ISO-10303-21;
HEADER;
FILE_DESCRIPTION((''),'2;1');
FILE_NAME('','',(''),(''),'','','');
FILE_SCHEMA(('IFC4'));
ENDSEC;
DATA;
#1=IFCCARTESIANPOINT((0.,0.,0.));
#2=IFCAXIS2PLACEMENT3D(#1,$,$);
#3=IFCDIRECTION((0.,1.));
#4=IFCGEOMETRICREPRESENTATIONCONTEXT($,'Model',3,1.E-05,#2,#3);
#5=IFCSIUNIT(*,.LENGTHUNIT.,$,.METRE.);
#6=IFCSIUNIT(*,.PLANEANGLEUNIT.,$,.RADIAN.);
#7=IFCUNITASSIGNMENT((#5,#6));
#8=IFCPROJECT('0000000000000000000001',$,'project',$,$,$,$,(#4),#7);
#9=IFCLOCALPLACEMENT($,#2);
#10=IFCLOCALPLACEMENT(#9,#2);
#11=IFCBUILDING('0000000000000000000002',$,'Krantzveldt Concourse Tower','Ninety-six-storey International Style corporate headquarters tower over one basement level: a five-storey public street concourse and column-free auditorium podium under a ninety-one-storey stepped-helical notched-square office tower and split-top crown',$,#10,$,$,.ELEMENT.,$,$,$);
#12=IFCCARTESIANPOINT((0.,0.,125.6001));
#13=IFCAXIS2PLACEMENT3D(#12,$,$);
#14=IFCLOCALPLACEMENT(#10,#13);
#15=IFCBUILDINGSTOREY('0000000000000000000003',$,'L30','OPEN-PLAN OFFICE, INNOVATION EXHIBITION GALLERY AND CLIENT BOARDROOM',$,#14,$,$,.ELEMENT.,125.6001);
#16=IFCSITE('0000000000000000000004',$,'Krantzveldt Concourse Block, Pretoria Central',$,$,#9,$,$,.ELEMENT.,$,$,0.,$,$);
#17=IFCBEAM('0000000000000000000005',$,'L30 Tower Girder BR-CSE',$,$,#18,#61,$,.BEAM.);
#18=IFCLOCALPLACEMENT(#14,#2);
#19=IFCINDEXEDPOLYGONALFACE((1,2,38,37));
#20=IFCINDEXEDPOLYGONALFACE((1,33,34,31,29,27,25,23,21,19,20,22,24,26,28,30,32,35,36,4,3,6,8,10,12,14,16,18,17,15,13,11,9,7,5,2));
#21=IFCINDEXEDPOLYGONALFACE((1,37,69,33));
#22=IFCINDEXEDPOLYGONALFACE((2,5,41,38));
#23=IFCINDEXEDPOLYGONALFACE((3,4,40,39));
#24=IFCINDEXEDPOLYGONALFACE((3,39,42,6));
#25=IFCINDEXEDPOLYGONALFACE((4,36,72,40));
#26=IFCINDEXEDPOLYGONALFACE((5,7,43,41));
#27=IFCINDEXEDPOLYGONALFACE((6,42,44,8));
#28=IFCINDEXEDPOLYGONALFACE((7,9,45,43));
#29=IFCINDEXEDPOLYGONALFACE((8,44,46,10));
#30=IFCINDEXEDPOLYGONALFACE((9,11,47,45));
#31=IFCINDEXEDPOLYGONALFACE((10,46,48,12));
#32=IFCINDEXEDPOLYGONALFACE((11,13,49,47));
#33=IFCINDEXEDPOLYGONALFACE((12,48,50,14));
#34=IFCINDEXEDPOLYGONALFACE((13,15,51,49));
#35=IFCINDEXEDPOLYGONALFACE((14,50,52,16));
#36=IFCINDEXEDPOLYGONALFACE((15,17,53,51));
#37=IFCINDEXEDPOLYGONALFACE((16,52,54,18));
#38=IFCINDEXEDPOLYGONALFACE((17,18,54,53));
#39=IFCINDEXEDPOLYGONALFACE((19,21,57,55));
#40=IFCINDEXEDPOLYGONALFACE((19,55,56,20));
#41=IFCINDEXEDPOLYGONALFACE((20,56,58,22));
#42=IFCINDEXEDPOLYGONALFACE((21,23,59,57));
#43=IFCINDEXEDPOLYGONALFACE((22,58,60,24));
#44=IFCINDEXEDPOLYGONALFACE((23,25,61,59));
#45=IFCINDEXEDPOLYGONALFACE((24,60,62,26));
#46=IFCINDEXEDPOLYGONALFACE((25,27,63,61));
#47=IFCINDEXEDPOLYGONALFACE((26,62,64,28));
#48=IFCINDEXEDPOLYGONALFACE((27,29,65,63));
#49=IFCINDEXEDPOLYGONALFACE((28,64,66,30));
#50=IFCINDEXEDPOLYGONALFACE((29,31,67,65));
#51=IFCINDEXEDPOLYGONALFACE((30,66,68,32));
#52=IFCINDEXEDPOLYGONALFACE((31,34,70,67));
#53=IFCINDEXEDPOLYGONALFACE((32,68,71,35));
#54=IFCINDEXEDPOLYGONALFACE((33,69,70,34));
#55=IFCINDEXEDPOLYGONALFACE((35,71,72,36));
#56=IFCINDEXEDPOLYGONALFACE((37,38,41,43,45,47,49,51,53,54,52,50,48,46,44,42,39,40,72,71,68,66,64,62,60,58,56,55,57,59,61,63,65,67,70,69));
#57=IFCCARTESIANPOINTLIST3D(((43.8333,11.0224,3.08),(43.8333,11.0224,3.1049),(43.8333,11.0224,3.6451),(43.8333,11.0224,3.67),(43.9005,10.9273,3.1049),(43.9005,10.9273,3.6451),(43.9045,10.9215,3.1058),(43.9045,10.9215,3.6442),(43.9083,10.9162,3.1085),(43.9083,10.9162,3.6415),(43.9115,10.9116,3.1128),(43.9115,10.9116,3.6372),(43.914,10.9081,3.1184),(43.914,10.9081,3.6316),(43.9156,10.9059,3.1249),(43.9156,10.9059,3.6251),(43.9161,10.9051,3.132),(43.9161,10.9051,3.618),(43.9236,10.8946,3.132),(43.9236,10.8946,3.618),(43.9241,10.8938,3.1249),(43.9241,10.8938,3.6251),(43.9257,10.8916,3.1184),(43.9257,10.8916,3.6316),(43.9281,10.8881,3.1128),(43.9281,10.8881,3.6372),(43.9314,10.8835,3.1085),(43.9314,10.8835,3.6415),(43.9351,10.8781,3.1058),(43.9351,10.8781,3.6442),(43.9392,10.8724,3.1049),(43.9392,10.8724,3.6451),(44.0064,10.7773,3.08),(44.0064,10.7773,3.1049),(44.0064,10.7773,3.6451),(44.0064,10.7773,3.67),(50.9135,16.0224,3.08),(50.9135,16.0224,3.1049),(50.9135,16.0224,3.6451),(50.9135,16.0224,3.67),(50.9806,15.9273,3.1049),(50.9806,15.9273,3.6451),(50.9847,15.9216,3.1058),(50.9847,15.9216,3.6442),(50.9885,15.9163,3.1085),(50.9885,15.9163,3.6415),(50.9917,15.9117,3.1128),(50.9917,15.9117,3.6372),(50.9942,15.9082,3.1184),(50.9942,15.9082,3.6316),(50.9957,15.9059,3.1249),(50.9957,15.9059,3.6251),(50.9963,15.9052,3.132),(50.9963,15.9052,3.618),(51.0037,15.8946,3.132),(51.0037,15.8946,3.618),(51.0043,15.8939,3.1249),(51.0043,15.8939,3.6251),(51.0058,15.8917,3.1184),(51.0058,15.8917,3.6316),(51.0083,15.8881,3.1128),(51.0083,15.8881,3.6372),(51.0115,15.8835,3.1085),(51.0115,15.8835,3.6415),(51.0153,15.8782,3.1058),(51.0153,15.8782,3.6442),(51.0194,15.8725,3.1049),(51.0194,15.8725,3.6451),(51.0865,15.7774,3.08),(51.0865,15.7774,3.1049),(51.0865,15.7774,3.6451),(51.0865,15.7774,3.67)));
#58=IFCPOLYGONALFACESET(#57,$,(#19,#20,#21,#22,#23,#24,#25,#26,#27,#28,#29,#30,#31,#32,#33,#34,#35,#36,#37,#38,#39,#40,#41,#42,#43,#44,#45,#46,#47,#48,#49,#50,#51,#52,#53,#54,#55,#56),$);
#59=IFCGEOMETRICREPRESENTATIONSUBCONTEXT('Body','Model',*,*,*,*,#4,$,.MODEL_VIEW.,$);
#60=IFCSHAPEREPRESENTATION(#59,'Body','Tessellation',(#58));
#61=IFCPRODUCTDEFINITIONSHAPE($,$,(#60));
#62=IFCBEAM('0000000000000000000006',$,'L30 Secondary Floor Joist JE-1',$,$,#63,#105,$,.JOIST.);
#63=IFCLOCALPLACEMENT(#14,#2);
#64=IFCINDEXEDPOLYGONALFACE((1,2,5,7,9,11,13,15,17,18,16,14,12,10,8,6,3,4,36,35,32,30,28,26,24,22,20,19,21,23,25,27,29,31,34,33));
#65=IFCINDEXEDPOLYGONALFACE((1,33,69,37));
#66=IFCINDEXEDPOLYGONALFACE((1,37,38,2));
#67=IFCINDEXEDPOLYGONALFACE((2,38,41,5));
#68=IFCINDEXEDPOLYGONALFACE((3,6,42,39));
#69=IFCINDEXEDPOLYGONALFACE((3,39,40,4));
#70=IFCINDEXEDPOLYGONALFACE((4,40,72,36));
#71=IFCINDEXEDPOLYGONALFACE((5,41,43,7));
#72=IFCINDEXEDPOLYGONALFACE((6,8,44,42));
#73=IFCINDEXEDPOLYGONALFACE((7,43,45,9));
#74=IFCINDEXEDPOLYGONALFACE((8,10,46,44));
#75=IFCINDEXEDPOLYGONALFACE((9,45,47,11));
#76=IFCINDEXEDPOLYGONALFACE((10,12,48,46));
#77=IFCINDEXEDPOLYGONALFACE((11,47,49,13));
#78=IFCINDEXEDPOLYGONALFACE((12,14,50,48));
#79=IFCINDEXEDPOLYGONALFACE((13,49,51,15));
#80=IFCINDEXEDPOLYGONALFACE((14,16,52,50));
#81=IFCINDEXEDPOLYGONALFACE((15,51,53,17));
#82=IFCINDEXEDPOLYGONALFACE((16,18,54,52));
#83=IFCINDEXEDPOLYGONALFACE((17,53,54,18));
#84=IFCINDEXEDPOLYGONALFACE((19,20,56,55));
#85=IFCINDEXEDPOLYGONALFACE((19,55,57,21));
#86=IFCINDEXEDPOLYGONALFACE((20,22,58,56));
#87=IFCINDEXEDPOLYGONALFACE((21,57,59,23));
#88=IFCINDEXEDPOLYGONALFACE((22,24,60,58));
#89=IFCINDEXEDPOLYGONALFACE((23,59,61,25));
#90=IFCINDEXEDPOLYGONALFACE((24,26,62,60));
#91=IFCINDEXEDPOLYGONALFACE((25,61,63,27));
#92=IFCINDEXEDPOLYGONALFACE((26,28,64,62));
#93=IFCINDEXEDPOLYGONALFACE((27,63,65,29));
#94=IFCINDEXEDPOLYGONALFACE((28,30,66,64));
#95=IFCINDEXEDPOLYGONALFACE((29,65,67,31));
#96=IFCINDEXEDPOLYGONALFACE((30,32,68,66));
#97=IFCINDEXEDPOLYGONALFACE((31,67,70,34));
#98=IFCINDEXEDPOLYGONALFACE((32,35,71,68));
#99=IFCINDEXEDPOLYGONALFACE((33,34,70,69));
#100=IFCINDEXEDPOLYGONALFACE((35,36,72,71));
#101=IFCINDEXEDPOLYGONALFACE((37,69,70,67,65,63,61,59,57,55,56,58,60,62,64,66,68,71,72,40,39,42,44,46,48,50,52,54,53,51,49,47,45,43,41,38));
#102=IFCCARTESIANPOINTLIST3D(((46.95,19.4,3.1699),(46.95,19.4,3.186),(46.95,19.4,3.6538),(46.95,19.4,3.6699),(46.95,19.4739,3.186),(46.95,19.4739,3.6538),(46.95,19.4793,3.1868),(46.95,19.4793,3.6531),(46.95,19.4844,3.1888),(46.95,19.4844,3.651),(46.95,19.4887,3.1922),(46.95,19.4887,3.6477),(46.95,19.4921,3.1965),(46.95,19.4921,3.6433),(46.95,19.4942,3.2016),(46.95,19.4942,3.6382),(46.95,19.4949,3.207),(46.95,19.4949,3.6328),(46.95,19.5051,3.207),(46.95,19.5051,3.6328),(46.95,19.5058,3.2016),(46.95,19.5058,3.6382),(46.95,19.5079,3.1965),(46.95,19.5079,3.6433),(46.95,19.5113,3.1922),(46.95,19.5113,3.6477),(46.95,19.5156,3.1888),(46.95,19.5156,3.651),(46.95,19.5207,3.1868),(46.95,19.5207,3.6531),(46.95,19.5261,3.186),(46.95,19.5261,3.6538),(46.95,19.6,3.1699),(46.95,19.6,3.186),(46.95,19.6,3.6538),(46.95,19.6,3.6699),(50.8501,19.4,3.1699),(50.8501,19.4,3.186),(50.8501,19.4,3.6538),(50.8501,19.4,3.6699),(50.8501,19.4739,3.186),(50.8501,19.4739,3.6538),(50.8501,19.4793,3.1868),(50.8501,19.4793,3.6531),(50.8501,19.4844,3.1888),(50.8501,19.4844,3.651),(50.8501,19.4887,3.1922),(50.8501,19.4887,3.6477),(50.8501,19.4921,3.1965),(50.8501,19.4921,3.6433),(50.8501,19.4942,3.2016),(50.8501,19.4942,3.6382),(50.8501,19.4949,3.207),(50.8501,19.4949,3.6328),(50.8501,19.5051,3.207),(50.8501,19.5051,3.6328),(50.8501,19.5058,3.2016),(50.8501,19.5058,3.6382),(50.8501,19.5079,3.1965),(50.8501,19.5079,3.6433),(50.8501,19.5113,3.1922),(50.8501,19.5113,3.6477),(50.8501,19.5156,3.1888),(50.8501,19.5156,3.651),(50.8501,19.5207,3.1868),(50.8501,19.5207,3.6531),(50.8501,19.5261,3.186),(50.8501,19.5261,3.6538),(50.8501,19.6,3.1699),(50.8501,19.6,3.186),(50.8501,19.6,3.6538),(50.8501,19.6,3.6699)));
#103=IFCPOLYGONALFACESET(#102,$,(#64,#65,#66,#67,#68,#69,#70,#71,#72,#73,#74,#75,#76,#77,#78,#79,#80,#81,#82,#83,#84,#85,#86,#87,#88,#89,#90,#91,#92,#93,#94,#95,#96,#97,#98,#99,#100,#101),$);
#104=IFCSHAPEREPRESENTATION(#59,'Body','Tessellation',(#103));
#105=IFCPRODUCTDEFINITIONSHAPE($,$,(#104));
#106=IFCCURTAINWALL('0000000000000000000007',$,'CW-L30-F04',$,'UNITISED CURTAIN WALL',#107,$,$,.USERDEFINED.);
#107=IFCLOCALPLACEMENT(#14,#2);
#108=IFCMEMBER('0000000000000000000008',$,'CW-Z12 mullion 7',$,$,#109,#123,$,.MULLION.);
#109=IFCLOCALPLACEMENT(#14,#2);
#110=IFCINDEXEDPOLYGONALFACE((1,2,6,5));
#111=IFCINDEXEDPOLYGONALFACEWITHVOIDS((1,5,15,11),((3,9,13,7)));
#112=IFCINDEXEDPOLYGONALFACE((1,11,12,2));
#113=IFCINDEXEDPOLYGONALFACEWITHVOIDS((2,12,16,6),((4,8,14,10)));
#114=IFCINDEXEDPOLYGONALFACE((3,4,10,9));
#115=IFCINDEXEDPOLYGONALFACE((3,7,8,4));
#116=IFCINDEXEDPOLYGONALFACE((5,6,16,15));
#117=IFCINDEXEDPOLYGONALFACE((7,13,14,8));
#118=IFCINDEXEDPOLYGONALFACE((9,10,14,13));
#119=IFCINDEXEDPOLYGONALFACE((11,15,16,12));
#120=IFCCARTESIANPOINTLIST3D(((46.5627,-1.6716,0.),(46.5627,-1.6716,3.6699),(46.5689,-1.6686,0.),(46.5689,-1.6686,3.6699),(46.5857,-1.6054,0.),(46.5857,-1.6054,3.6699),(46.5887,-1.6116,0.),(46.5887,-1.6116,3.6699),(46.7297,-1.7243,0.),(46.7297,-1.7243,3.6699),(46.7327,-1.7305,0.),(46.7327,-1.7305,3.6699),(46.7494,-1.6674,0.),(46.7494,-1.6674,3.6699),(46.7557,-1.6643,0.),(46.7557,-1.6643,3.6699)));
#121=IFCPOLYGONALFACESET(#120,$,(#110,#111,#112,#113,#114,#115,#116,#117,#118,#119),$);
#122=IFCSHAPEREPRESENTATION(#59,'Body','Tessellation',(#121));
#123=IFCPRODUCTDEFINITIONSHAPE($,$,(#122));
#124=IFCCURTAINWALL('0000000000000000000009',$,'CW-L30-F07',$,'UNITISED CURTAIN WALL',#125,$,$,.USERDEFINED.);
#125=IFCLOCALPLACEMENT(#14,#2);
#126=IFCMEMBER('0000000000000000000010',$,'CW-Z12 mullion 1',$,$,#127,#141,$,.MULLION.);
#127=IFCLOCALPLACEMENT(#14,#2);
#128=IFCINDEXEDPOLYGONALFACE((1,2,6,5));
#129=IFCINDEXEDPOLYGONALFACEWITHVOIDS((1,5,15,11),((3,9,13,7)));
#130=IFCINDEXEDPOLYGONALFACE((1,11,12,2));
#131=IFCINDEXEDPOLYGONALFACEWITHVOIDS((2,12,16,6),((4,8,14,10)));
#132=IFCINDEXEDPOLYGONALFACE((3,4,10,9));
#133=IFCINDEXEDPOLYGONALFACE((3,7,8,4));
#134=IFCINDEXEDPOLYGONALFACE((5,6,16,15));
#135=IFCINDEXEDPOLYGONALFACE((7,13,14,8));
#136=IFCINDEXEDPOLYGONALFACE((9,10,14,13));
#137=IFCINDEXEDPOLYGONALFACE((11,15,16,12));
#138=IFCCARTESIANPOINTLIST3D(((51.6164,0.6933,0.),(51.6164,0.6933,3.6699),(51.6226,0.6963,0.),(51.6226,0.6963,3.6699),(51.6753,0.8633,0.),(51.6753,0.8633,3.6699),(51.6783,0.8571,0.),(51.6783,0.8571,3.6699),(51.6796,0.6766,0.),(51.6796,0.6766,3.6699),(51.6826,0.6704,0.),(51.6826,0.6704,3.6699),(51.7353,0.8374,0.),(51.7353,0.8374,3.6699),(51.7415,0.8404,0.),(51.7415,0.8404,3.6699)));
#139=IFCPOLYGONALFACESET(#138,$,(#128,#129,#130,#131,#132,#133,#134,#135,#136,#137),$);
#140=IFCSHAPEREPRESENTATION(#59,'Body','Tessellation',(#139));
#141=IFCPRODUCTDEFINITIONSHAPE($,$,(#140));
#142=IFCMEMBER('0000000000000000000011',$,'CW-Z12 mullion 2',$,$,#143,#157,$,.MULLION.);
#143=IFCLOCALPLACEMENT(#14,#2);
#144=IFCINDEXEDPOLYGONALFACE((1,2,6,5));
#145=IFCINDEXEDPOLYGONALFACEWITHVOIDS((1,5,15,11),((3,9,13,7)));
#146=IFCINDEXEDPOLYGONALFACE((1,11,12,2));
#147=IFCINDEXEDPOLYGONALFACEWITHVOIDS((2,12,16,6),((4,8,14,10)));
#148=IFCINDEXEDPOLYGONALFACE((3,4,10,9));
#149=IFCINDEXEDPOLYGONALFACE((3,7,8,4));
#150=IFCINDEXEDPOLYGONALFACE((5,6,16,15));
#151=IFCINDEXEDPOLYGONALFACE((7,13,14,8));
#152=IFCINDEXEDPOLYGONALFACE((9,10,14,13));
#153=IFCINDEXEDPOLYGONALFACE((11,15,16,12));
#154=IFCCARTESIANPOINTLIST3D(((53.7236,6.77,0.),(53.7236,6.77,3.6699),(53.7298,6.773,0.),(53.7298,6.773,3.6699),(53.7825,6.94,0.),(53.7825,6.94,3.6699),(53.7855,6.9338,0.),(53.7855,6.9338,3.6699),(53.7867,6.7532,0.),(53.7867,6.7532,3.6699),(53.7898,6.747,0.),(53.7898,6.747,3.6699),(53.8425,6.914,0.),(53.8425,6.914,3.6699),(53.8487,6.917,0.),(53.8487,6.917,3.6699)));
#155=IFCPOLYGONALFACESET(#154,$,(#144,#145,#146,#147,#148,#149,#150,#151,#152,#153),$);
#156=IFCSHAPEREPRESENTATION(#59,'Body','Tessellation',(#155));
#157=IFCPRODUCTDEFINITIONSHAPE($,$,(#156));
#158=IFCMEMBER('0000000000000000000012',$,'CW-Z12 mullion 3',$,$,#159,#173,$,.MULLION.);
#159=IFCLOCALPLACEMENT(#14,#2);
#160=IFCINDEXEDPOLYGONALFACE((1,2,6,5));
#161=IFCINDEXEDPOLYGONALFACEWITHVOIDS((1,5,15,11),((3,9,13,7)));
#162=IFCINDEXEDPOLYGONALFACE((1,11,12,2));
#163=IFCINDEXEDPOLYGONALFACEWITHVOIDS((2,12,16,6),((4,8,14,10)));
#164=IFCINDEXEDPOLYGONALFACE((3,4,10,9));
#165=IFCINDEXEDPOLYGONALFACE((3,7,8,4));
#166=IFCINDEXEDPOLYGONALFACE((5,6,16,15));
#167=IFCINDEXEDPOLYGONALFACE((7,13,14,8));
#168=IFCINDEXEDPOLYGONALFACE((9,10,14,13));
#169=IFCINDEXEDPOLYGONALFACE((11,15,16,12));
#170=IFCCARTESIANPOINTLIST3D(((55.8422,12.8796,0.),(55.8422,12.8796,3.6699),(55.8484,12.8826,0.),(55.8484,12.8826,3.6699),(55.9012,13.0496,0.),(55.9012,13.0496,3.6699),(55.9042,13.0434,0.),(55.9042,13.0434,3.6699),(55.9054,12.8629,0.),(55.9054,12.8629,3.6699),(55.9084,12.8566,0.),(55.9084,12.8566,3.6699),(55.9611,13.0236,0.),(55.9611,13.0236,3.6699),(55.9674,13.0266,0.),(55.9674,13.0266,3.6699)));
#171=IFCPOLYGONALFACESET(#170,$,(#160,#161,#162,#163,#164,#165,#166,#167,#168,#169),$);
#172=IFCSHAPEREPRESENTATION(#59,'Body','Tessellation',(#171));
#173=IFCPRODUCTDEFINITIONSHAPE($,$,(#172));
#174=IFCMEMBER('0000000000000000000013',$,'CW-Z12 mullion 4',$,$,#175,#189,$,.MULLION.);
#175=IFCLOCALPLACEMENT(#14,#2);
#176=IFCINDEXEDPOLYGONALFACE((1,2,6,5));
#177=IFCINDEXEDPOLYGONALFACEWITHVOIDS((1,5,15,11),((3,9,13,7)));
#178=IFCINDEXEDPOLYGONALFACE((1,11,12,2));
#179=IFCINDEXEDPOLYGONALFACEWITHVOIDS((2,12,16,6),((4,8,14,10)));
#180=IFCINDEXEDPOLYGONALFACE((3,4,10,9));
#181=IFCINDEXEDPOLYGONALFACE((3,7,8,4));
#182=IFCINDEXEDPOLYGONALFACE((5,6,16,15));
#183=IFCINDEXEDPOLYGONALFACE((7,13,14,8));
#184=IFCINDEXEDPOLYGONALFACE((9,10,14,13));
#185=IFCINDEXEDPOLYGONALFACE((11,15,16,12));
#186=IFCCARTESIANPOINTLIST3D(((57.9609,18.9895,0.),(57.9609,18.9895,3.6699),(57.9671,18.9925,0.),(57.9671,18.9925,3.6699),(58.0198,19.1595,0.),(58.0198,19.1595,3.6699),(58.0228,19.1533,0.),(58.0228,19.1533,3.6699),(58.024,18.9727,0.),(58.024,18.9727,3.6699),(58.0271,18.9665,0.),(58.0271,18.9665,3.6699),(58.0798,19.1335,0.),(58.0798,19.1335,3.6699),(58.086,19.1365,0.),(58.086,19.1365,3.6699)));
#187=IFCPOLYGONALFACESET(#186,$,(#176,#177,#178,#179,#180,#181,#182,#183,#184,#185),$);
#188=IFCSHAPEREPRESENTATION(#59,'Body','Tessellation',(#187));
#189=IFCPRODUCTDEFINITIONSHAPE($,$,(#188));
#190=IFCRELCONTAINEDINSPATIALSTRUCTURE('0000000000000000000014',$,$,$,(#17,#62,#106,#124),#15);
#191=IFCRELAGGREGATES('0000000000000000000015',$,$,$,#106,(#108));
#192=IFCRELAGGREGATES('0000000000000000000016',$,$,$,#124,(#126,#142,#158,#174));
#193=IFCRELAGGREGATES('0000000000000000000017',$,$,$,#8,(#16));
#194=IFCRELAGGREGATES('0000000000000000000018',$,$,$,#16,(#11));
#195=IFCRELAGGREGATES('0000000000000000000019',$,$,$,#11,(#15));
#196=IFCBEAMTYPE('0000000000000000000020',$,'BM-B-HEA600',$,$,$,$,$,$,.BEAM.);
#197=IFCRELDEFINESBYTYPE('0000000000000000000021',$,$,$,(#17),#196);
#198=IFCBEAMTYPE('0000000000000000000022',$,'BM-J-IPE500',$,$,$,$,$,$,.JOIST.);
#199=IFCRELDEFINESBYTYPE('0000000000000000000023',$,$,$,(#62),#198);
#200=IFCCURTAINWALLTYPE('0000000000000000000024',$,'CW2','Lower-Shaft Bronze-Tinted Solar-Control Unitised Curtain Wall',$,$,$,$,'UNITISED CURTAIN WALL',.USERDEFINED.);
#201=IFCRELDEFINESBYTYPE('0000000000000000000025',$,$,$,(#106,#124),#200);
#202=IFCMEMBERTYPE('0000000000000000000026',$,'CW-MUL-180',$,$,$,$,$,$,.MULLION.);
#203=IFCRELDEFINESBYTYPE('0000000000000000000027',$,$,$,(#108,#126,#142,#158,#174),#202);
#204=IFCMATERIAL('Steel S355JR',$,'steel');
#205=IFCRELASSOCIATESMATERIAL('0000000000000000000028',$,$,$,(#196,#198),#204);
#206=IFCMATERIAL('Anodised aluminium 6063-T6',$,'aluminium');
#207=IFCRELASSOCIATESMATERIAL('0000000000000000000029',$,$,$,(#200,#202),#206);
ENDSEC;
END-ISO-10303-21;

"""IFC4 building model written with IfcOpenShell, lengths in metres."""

from ifc_helpers import new_model, si_unit, direction, frame, origin, origin_2d, place, context, subcontext, project, spatial, hollow_rectangle, i_section, extrude, source, transform, mapped, material, material_profile, profile_set, type_object, type_shapes, element, aggregate, save


model = new_model("IFC4")

# Units and contexts
model_context = context("Model", 3, precision=1e-05, world=origin(), true_north=direction((0.0, 1.0)))
body_context = subcontext(model_context, "Body", "Model", "MODEL_VIEW")
ifc_project = project(units=[si_unit("LENGTHUNIT", "METRE"), si_unit("PLANEANGLEUNIT", "RADIAN")], contexts=[model_context])

# Site, building, storey
site_placement = place(None, origin())
site = spatial("IfcSite", under=ifc_project, at=site_placement, Name="Krantzveldt Concourse Block, Pretoria Central", CompositionType="ELEMENT", RefElevation=0.0)
building_placement = place(site_placement, origin())
building = spatial("IfcBuilding", under=site, at=building_placement, Name="Krantzveldt Concourse Tower", Description="Ninety-six-storey International Style corporate headquarters tower over one basement level: a five-storey public street concourse and column-free auditorium podium under a ninety-one-storey stepped-helical notched-square office tower and split-top crown", CompositionType="ELEMENT")
storey_placement = place(building_placement, frame((0.0, 0.0, 125.6001)))
storey = spatial("IfcBuildingStorey", under=building, at=storey_placement, Name="L30", Description="OPEN-PLAN OFFICE, INNOVATION EXHIBITION GALLERY AND CLIENT BOARDROOM", CompositionType="ELEMENT", Elevation=125.6001)

# Beams
ifc_material_1 = material(Name="Steel S355JR", Category="steel")
ifc_material_profile_1 = material_profile(ifc_material_1, i_section(OverallWidth=0.3, OverallDepth=0.5901, WebThickness=0.0129, FlangeThickness=0.0249, FilletRadius=0.0271, at=origin_2d()), Name="Steel S355JR", Category="steel")
ifc_profile_set_1 = profile_set([ifc_material_profile_1], Name="Steel S355JR - HEA 600")
beam_type_1 = type_object("IfcBeamType", Name="BM-B-HEA600", PredefinedType="BEAM", material=ifc_profile_set_1)
shared_shape_1 = source(origin(), body_context, "Body", "SweptSolid", [
    extrude(i_section(OverallWidth=0.3, OverallDepth=0.5901, WebThickness=0.0129, FlangeThickness=0.0249, FilletRadius=0.0271, at=origin_2d()), origin(), (0.0, 0.0, 1.0), 8.6677),
])
beam_1_placement = place(storey_placement, frame((51.0, 15.8999, 3.375), z_axis=(-0.816843, -0.57686, 0.0), x_axis=(0.57686, -0.816843, 0.0)))
element("IfcBeam", 1, at=beam_1_placement, inside=storey, type_object=beam_type_1, Name="L30 Tower Girder BR-CSE", PredefinedType="BEAM", context=body_context, shape_type="MappedRepresentation", body=[
    mapped(shared_shape_1, transform((0.0, 0.0, 0.0), x_axis=(1.0, 0.0, 0.0), y_axis=(0.0, 1.0, 0.0), z_axis=(0.0, 0.0, 1.0), scale=1.0)),
])
ifc_material_profile_2 = material_profile(ifc_material_1, i_section(OverallWidth=0.2, OverallDepth=0.5, WebThickness=0.0103, FlangeThickness=0.0161, FilletRadius=0.021, at=origin_2d()), Name="Steel S355JR", Category="steel")
ifc_profile_set_2 = profile_set([ifc_material_profile_2], Name="Steel S355JR - IPE 500")
beam_type_2 = type_object("IfcBeamType", Name="BM-J-IPE500", PredefinedType="JOIST", material=ifc_profile_set_2)
shared_shape_2 = source(origin(), body_context, "Body", "SweptSolid", [
    extrude(i_section(OverallWidth=0.2, OverallDepth=0.5, WebThickness=0.0103, FlangeThickness=0.0161, FilletRadius=0.021, at=origin_2d()), origin(), (0.0, 0.0, 1.0), 3.9001),
])
type_shapes(beam_type_2, [shared_shape_2])
beam_2_placement = place(storey_placement, frame((46.95, 19.5, 3.4199), z_axis=(1.0, 0.0, 0.0), x_axis=(0.0, 1.0, 0.0)))
element("IfcBeam", 2, at=beam_2_placement, inside=storey, type_object=beam_type_2, Name="L30 Secondary Floor Joist JE-1", PredefinedType="JOIST", context=body_context, shape_type="MappedRepresentation", body=[
    mapped(shared_shape_2, transform((0.0, 0.0, 0.0), x_axis=(1.0, 0.0, 0.0), y_axis=(0.0, 1.0, 0.0), z_axis=(0.0, 0.0, 1.0), scale=1.0)),
])

# Curtain wall, member
ifc_material_2 = material(Name="Anodised aluminium 6063-T6", Category="aluminium")
curtain_wall_type = type_object("IfcCurtainWallType", Name="CW2", Description="Lower-Shaft Bronze-Tinted Solar-Control Unitised Curtain Wall", ElementType="UNITISED CURTAIN WALL", PredefinedType="USERDEFINED", material=ifc_material_2)
curtain_wall_1_placement = place(storey_placement, origin())
curtain_wall_1 = element("IfcCurtainWall", 3, at=curtain_wall_1_placement, inside=storey, type_object=curtain_wall_type, Name="CW-L30-F04", ObjectType="UNITISED CURTAIN WALL", PredefinedType="USERDEFINED")
ifc_material_profile_3 = material_profile(ifc_material_2, hollow_rectangle(XDim=0.0701, YDim=0.1799, WallThickness=0.0049, at=origin_2d()), Name="Anodised aluminium 6063-T6", Category="aluminium")
ifc_profile_set_3 = profile_set([ifc_material_profile_3], Name="Anodised aluminium 6063-T6 - ALU-MULL 180x70x5")
member_type_1 = type_object("IfcMemberType", Name="CW-MUL-180", PredefinedType="MULLION", material=ifc_profile_set_3)
shared_shape_3 = source(origin(), body_context, "Body", "SweptSolid", [
    extrude(hollow_rectangle(XDim=0.0701, YDim=0.1799, WallThickness=0.0049, at=origin_2d()), origin(), (0.0, 0.0, 1.0), 3.6699),
])
type_shapes(member_type_1, [shared_shape_3])
member_1_placement = place(storey_placement, frame((46.6592, -1.668, 0.0), z_axis=(0.0, 0.0, 1.0), x_axis=(0.32763, 0.944806, 0.0)))
member_1 = element("IfcMember", 4, at=member_1_placement, type_object=member_type_1, Name="CW-Z12 mullion 7", PredefinedType="MULLION", context=body_context, shape_type="MappedRepresentation", body=[
    mapped(shared_shape_3, transform((0.0, 0.0, 0.0), x_axis=(1.0, 0.0, 0.0), y_axis=(0.0, 1.0, 0.0), z_axis=(0.0, 0.0, 1.0), scale=1.0)),
])

# Curtain wall, members
curtain_wall_2_placement = place(storey_placement, origin())
curtain_wall_2 = element("IfcCurtainWall", 5, at=curtain_wall_2_placement, inside=storey, type_object=curtain_wall_type, Name="CW-L30-F07", ObjectType="UNITISED CURTAIN WALL", PredefinedType="USERDEFINED")
member_2_placement = place(storey_placement, frame((51.679, 0.7668, 0.0), z_axis=(0.0, 0.0, 1.0), x_axis=(-0.944806, 0.32763, 0.0)))
member_2 = element("IfcMember", 6, at=member_2_placement, type_object=member_type_1, Name="CW-Z12 mullion 1", PredefinedType="MULLION", context=body_context, shape_type="MappedRepresentation", body=[
    mapped(shared_shape_3, transform((0.0, 0.0, 0.0), x_axis=(1.0, 0.0, 0.0), y_axis=(0.0, 1.0, 0.0), z_axis=(0.0, 0.0, 1.0), scale=1.0)),
])
member_3_placement = place(storey_placement, frame((53.7861, 6.8435, 0.0), z_axis=(0.0, 0.0, 1.0), x_axis=(-0.944806, 0.32763, 0.0)))
member_3 = element("IfcMember", 7, at=member_3_placement, type_object=member_type_1, Name="CW-Z12 mullion 2", PredefinedType="MULLION", context=body_context, shape_type="MappedRepresentation", body=[
    mapped(shared_shape_3, transform((0.0, 0.0, 0.0), x_axis=(1.0, 0.0, 0.0), y_axis=(0.0, 1.0, 0.0), z_axis=(0.0, 0.0, 1.0), scale=1.0)),
])
member_4_placement = place(storey_placement, frame((55.9048, 12.9531, 0.0), z_axis=(0.0, 0.0, 1.0), x_axis=(-0.944806, 0.32763, 0.0)))
member_4 = element("IfcMember", 8, at=member_4_placement, type_object=member_type_1, Name="CW-Z12 mullion 3", PredefinedType="MULLION", context=body_context, shape_type="MappedRepresentation", body=[
    mapped(shared_shape_3, transform((0.0, 0.0, 0.0), x_axis=(1.0, 0.0, 0.0), y_axis=(0.0, 1.0, 0.0), z_axis=(0.0, 0.0, 1.0), scale=1.0)),
])
member_5_placement = place(storey_placement, frame((58.0234, 19.063, 0.0), z_axis=(0.0, 0.0, 1.0), x_axis=(-0.944806, 0.32763, 0.0)))
member_5 = element("IfcMember", 9, at=member_5_placement, type_object=member_type_1, Name="CW-Z12 mullion 4", PredefinedType="MULLION", context=body_context, shape_type="MappedRepresentation", body=[
    mapped(shared_shape_3, transform((0.0, 0.0, 0.0), x_axis=(1.0, 0.0, 0.0), y_axis=(0.0, 1.0, 0.0), z_axis=(0.0, 0.0, 1.0), scale=1.0)),
])

aggregate(curtain_wall_1, [member_1])
aggregate(curtain_wall_2, [member_2, member_3, member_4, member_5])

save(model, "model.ifc")
